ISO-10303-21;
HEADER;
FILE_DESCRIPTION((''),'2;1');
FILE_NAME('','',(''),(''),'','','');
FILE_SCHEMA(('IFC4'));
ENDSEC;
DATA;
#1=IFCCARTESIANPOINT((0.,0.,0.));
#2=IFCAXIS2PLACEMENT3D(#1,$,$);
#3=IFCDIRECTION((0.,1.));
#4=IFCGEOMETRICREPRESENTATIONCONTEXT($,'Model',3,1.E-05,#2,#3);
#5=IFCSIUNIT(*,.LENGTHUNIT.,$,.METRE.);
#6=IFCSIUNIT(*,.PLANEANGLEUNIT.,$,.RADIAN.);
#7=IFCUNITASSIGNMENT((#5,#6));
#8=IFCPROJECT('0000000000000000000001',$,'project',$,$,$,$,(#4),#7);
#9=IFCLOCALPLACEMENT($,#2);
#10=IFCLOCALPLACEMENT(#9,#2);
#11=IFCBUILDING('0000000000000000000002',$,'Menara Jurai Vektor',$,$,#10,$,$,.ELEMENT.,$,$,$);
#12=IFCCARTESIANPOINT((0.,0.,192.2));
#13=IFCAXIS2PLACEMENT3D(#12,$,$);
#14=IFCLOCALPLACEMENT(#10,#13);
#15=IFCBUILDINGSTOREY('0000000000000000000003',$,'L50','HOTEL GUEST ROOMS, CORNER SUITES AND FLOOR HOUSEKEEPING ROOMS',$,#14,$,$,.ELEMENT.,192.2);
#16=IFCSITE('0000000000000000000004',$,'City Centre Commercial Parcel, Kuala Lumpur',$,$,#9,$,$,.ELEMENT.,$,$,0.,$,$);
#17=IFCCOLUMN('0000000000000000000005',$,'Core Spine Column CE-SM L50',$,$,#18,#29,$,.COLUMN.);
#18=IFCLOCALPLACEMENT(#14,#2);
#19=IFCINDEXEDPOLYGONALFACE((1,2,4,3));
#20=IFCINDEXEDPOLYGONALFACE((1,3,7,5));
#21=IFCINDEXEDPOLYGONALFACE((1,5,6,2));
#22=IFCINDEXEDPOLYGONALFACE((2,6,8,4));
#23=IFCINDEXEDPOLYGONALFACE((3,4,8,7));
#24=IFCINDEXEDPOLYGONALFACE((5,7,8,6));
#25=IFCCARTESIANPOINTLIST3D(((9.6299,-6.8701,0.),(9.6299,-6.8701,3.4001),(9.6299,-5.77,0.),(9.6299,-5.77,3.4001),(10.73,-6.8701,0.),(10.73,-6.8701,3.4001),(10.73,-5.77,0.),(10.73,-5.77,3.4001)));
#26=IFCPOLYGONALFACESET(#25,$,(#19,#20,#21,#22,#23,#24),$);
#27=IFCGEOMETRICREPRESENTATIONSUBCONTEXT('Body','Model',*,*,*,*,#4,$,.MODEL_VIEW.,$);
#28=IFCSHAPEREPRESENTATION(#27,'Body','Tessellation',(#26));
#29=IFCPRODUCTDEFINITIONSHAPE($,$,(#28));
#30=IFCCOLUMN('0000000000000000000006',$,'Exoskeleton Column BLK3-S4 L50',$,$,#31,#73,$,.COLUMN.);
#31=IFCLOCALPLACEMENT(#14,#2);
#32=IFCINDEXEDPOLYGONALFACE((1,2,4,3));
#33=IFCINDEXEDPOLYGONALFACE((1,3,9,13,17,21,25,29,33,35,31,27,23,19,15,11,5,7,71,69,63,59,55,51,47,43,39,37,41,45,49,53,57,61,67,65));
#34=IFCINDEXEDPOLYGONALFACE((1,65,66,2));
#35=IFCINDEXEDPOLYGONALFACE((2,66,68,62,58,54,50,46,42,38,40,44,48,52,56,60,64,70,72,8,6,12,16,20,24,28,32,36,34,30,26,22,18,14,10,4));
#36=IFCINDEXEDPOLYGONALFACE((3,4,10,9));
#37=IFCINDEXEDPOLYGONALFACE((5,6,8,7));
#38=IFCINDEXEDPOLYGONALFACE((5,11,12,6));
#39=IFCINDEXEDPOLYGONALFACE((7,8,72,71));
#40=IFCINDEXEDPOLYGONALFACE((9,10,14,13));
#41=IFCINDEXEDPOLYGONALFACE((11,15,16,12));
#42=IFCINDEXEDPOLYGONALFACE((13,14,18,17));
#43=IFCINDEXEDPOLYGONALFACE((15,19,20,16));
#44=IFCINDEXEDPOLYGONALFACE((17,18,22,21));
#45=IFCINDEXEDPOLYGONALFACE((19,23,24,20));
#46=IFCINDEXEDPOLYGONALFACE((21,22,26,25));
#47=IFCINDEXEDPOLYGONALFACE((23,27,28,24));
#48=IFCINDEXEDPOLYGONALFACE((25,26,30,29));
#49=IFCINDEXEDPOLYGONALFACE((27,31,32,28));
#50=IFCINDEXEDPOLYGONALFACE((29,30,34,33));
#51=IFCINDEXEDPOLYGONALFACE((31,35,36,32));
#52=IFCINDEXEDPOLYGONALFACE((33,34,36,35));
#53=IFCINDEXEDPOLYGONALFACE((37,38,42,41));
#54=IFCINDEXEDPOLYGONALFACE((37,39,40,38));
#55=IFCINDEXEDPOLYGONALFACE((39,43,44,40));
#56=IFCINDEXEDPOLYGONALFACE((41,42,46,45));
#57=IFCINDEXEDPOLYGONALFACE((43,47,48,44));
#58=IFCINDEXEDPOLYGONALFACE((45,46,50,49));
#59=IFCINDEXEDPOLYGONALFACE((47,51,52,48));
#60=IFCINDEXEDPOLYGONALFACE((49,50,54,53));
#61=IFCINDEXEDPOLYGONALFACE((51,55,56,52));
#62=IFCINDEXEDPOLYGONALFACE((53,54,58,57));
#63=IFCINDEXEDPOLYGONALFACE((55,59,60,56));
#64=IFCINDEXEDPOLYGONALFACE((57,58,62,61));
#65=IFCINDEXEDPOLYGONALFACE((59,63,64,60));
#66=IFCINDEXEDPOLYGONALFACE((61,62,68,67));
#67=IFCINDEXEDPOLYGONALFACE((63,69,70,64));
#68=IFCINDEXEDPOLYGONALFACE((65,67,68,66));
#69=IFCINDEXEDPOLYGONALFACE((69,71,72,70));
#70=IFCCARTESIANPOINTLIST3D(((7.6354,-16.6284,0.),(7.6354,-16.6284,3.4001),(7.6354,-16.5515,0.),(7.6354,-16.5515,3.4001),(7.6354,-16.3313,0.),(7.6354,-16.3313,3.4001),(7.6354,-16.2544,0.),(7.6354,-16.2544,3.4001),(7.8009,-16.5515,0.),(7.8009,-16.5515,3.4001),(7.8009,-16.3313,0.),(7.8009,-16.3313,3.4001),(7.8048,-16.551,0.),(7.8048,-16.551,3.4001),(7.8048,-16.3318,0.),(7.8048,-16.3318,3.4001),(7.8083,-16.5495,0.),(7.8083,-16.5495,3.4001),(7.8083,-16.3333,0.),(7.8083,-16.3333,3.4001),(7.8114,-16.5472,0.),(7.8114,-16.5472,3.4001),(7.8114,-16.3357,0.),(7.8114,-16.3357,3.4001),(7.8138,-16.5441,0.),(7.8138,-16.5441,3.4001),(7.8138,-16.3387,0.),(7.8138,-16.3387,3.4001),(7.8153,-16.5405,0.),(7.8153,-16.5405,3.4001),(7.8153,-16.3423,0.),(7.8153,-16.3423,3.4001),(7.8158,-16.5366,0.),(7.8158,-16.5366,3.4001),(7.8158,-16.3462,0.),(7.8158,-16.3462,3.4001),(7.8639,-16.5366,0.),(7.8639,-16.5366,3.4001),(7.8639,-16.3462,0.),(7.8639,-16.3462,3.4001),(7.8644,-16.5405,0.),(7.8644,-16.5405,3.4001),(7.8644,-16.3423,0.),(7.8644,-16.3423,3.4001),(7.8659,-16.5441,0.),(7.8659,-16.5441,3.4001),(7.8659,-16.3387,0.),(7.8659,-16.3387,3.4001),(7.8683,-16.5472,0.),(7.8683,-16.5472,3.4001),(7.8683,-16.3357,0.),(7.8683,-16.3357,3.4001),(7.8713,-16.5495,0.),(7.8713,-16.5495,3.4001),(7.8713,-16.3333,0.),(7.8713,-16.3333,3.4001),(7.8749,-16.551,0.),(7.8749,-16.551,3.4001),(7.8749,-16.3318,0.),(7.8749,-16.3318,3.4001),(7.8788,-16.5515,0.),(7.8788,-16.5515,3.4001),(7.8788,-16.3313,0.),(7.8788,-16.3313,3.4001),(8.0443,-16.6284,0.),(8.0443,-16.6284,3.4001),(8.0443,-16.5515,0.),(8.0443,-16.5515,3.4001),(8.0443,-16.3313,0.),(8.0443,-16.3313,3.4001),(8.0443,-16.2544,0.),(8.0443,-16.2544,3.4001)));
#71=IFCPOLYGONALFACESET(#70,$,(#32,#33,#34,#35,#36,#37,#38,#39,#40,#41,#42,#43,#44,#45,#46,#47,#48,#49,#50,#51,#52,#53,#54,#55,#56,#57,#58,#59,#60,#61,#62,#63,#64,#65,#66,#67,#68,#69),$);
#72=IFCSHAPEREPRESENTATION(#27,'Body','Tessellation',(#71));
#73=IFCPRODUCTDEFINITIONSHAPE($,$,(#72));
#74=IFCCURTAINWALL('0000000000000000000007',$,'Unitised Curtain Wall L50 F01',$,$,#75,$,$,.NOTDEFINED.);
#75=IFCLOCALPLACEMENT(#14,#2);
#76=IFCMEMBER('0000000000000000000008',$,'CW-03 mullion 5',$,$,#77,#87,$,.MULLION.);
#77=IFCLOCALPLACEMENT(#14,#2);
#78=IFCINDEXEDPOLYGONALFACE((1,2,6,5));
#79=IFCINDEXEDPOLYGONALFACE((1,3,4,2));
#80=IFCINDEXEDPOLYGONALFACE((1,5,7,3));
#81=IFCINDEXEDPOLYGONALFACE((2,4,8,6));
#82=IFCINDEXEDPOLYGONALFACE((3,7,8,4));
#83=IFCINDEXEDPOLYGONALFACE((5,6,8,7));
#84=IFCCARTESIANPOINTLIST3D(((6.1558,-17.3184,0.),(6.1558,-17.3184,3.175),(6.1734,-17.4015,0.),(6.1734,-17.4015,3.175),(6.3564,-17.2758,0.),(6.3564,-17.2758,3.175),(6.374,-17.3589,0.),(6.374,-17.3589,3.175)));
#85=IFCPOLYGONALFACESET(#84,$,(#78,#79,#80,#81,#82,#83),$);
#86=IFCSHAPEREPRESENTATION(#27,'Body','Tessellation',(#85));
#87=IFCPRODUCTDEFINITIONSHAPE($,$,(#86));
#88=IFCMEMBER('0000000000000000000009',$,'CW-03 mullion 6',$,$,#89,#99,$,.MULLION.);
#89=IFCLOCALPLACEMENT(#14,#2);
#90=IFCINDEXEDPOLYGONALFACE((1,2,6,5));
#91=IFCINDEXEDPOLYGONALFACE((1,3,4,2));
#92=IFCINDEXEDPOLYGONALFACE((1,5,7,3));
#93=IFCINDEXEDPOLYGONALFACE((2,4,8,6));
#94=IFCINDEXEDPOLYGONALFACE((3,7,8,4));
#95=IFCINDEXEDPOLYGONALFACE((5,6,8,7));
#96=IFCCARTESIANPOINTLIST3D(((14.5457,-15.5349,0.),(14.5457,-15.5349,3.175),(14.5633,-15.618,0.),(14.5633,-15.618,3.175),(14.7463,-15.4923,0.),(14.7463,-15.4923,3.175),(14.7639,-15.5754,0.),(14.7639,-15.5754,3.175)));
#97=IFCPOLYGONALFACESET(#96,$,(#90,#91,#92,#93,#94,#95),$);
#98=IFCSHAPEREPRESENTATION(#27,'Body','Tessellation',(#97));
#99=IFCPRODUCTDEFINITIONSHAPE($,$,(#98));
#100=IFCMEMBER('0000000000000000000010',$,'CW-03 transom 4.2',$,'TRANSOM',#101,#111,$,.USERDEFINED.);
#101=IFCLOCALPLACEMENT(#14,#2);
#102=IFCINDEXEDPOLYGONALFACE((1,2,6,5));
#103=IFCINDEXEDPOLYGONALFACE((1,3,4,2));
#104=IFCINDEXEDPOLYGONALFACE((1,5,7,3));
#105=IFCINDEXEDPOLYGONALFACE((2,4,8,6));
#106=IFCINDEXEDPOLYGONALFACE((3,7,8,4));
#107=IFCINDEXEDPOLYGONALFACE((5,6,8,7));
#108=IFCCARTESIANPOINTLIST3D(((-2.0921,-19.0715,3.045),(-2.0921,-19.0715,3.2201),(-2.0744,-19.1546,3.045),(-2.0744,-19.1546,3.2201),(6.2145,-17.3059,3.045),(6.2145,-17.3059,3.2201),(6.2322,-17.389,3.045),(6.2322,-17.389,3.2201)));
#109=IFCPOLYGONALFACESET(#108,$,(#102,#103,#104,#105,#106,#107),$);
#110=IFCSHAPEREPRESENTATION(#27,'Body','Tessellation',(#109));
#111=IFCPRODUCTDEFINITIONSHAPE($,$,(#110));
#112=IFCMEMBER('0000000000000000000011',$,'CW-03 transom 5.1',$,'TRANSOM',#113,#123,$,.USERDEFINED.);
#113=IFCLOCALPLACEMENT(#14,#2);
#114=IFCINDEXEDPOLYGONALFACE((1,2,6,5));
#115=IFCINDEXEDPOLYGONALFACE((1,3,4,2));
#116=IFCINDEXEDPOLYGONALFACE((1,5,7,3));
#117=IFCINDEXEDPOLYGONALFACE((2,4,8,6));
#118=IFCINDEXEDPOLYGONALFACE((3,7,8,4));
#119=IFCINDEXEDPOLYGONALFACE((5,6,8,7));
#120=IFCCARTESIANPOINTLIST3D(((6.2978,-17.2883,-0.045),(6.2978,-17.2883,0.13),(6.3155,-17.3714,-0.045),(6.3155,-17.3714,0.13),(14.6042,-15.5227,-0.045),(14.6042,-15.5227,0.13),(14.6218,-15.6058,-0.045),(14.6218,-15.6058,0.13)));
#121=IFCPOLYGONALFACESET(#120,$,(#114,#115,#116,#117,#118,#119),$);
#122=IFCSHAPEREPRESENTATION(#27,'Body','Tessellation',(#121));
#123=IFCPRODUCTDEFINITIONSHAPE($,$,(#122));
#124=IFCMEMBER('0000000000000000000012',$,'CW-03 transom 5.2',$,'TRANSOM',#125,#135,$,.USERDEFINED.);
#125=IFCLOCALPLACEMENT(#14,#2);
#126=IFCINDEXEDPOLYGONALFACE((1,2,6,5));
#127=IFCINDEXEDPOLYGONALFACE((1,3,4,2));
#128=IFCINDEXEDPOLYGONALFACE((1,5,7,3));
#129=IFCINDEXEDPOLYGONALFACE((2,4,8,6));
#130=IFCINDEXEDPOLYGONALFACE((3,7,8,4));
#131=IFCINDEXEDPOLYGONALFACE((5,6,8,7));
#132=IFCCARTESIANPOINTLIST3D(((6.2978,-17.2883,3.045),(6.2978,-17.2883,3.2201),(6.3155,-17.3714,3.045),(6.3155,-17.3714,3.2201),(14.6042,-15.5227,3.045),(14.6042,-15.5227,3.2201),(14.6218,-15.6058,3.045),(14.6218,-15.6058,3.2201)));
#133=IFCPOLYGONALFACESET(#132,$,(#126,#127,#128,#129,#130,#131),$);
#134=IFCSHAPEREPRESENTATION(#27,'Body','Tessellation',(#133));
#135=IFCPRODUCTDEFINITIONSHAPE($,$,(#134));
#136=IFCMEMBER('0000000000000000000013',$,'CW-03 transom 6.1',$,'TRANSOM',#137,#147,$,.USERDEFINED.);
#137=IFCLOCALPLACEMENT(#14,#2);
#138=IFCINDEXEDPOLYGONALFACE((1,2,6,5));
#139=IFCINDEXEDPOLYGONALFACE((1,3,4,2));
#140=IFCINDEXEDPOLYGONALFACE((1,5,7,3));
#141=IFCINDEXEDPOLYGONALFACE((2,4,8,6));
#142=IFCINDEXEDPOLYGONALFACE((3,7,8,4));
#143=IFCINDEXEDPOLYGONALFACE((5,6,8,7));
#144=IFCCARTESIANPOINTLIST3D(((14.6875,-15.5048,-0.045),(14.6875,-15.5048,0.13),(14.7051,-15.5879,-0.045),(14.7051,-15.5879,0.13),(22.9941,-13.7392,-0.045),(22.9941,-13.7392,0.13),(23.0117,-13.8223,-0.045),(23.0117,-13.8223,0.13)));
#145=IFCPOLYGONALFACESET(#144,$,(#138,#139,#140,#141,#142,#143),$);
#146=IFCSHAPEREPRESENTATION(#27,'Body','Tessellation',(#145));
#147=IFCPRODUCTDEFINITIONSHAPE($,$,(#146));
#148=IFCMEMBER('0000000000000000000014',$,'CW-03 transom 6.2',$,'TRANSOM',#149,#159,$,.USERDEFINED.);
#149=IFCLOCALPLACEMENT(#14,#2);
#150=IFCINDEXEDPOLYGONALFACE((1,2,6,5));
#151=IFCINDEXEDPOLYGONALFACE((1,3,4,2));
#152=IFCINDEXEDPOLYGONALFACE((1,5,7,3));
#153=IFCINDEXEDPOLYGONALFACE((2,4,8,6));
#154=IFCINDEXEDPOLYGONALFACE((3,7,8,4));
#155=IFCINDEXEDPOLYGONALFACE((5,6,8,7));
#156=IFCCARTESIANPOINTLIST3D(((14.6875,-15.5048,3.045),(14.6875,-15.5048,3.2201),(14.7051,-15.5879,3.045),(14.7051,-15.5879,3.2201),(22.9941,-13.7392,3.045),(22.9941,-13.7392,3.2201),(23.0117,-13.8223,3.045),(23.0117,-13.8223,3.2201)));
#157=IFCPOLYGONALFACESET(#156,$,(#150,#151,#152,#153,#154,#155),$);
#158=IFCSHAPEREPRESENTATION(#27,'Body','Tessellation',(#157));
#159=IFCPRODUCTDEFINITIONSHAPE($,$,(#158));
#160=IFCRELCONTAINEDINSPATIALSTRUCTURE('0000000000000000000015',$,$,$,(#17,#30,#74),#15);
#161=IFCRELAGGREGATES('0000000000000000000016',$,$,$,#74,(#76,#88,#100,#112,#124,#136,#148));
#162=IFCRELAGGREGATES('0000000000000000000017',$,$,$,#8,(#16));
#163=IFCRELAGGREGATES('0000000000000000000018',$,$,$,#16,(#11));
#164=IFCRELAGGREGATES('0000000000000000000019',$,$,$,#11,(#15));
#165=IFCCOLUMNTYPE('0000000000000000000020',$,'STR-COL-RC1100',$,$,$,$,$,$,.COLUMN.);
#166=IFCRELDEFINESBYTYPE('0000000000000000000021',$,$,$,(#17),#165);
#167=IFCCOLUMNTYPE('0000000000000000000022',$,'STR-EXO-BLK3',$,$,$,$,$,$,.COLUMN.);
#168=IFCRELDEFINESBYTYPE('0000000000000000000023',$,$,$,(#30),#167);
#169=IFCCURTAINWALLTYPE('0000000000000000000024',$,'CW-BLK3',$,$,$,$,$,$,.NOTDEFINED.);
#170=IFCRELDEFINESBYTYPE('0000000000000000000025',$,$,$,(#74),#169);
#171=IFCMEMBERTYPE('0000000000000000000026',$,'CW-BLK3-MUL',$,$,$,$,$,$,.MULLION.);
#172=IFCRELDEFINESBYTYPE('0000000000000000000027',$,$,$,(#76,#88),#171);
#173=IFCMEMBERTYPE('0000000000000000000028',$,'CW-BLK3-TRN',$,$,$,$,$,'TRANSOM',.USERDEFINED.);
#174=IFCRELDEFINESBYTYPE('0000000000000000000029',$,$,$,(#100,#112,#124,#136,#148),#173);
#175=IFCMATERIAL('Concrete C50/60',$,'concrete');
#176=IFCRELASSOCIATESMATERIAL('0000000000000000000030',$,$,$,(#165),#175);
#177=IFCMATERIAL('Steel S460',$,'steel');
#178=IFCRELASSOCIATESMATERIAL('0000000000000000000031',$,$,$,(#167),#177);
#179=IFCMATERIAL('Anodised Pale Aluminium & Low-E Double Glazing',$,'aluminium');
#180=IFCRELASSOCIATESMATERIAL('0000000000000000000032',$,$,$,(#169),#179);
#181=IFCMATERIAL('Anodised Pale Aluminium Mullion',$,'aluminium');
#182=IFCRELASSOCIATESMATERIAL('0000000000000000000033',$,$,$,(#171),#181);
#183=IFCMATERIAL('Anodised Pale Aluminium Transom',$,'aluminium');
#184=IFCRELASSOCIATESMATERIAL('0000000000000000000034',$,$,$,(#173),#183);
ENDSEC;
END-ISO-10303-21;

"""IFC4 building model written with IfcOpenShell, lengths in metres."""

from ifc_helpers import new_model, si_unit, direction, frame, origin, origin_2d, place, context, subcontext, project, spatial, rectangle, i_section, extrude, material, material_profile, profile_set, type_object, element, aggregate, save


model = new_model("IFC4")

# Units and contexts
model_context = context("Model", 3, precision=1e-05, world=origin(), true_north=direction((0.0, 1.0)))
body_context = subcontext(model_context, "Body", "Model", "MODEL_VIEW")
ifc_project = project(units=[si_unit("LENGTHUNIT", "METRE"), si_unit("PLANEANGLEUNIT", "RADIAN")], contexts=[model_context])

# Site, building, storey
site_placement = place(None, origin())
site = spatial("IfcSite", under=ifc_project, at=site_placement, Name="City Centre Commercial Parcel, Kuala Lumpur", CompositionType="ELEMENT", RefElevation=0.0)
building_placement = place(site_placement, origin())
building = spatial("IfcBuilding", under=site, at=building_placement, Name="Menara Jurai Vektor", CompositionType="ELEMENT")
storey_placement = place(building_placement, frame((0.0, 0.0, 192.2)))
storey = spatial("IfcBuildingStorey", under=building, at=storey_placement, Name="L50", Description="HOTEL GUEST ROOMS, CORNER SUITES AND FLOOR HOUSEKEEPING ROOMS", CompositionType="ELEMENT", Elevation=192.2)

# Columns
ifc_material_1 = material(Name="Concrete C50/60", Category="concrete")
ifc_material_profile_1 = material_profile(ifc_material_1, rectangle(XDim=1.1001, YDim=1.1001, at=origin_2d()), Name="RC 1100x1100")
ifc_profile_set_1 = profile_set([ifc_material_profile_1], Name="Concrete C50/60")
column_type_1 = type_object("IfcColumnType", Name="STR-COL-RC1100", PredefinedType="COLUMN", material=ifc_profile_set_1)
column_1_placement = place(storey_placement, frame((10.1799, -6.3201, 0.0), z_axis=(0.0, 0.0, 1.0), x_axis=(1.0, 0.0, 0.0)))
element("IfcColumn", 1, at=column_1_placement, inside=storey, type_object=column_type_1, Name="Core Spine Column CE-SM L50", PredefinedType="COLUMN", context=body_context, shape_type="SweptSolid", body=[
    extrude(rectangle(XDim=1.1001, YDim=1.1001, at=origin_2d()), origin(), (0.0, 0.0, 1.0), 3.4001),
])
ifc_material_2 = material(Name="Steel S460", Category="steel")
ifc_material_profile_2 = material_profile(ifc_material_2, i_section(OverallWidth=0.4089, OverallDepth=0.374, WebThickness=0.0481, FlangeThickness=0.0769, FilletRadius=0.0149, at=origin_2d()), Name="HD 400x634")
ifc_profile_set_2 = profile_set([ifc_material_profile_2], Name="Steel S460")
column_type_2 = type_object("IfcColumnType", Name="STR-EXO-BLK3", PredefinedType="COLUMN", material=ifc_profile_set_2)
column_2_placement = place(storey_placement, frame((7.8398, -16.4414, 0.0), z_axis=(0.0, 0.0, 1.0), x_axis=(1.0, 0.0, 0.0)))
element("IfcColumn", 2, at=column_2_placement, inside=storey, type_object=column_type_2, Name="Exoskeleton Column BLK3-S4 L50", PredefinedType="COLUMN", context=body_context, shape_type="SweptSolid", body=[
    extrude(i_section(OverallWidth=0.4089, OverallDepth=0.374, WebThickness=0.0481, FlangeThickness=0.0769, FilletRadius=0.0149, at=origin_2d()), origin(), (0.0, 0.0, 1.0), 3.4001),
])

# Curtain wall, members
ifc_material_3 = material(Name="Anodised Pale Aluminium & Low-E Double Glazing", Category="aluminium")
curtain_wall_type = type_object("IfcCurtainWallType", Name="CW-BLK3", PredefinedType="NOTDEFINED", material=ifc_material_3)
curtain_wall_placement = place(storey_placement, origin())
curtain_wall = element("IfcCurtainWall", 3, at=curtain_wall_placement, inside=storey, type_object=curtain_wall_type, Name="Unitised Curtain Wall L50 F01", PredefinedType="NOTDEFINED")
ifc_material_4 = material(Name="Anodised Pale Aluminium Mullion", Category="aluminium")
ifc_material_profile_3 = material_profile(ifc_material_4, rectangle(XDim=0.085, YDim=0.2051, at=origin_2d()), Name="ALU MUL 85x205")
ifc_profile_set_3 = profile_set([ifc_material_profile_3], Name="Anodised Pale Aluminium Mullion")
member_type_1 = type_object("IfcMemberType", Name="CW-BLK3-MUL", PredefinedType="MULLION", material=ifc_profile_set_3)
member_1_placement = place(storey_placement, frame((6.2649, -17.3386, 0.0), z_axis=(0.0, 0.0, 1.0), x_axis=(-0.207911, 0.978148, 0.0)))
member_1 = element("IfcMember", 4, at=member_1_placement, type_object=member_type_1, Name="CW-03 mullion 5", PredefinedType="MULLION", context=body_context, shape_type="SweptSolid", body=[
    extrude(rectangle(XDim=0.085, YDim=0.2051, at=origin_2d()), origin(), (0.0, 0.0, 1.0), 3.175),
])
member_2_placement = place(storey_placement, frame((14.6548, -15.5552, 0.0), z_axis=(0.0, 0.0, 1.0), x_axis=(-0.207911, 0.978148, 0.0)))
member_2 = element("IfcMember", 5, at=member_2_placement, type_object=member_type_1, Name="CW-03 mullion 6", PredefinedType="MULLION", context=body_context, shape_type="SweptSolid", body=[
    extrude(rectangle(XDim=0.085, YDim=0.2051, at=origin_2d()), origin(), (0.0, 0.0, 1.0), 3.175),
])
ifc_material_5 = material(Name="Anodised Pale Aluminium Transom", Category="aluminium")
ifc_material_profile_4 = material_profile(ifc_material_5, rectangle(XDim=0.085, YDim=0.175, at=origin_2d()), Name="ALU TRN 85x175")
ifc_profile_set_4 = profile_set([ifc_material_profile_4], Name="Anodised Pale Aluminium Transom")
member_type_2 = type_object("IfcMemberType", Name="CW-BLK3-TRN", ElementType="TRANSOM", PredefinedType="USERDEFINED", material=ifc_profile_set_4)
member_3_placement = place(storey_placement, frame((-2.0833, -19.113, 3.1326), z_axis=(0.978148, 0.207911, 0.0), x_axis=(-0.207911, 0.978148, 0.0)))
member_3 = element("IfcMember", 6, at=member_3_placement, type_object=member_type_2, Name="CW-03 transom 4.2", ObjectType="TRANSOM", PredefinedType="USERDEFINED", context=body_context, shape_type="SweptSolid", body=[
    extrude(rectangle(XDim=0.085, YDim=0.175, at=origin_2d()), origin(), (0.0, 0.0, 1.0), 8.4922),
])
member_4_placement = place(storey_placement, frame((6.3066, -17.3298, 0.0425), z_axis=(0.978147, 0.207917, 0.0), x_axis=(-0.207917, 0.978147, 0.0)))
member_4 = element("IfcMember", 7, at=member_4_placement, type_object=member_type_2, Name="CW-03 transom 5.1", ObjectType="TRANSOM", PredefinedType="USERDEFINED", context=body_context, shape_type="SweptSolid", body=[
    extrude(rectangle(XDim=0.085, YDim=0.175, at=origin_2d()), origin(), (0.0, 0.0, 1.0), 8.4919),
])
member_5_placement = place(storey_placement, frame((6.3066, -17.3298, 3.1326), z_axis=(0.978147, 0.207917, 0.0), x_axis=(-0.207917, 0.978147, 0.0)))
member_5 = element("IfcMember", 8, at=member_5_placement, type_object=member_type_2, Name="CW-03 transom 5.2", ObjectType="TRANSOM", PredefinedType="USERDEFINED", context=body_context, shape_type="SweptSolid", body=[
    extrude(rectangle(XDim=0.085, YDim=0.175, at=origin_2d()), origin(), (0.0, 0.0, 1.0), 8.4919),
])
member_6_placement = place(storey_placement, frame((14.6963, -15.5464, 0.0425), z_axis=(0.978148, 0.207911, 0.0), x_axis=(-0.207911, 0.978148, 0.0)))
member_6 = element("IfcMember", 9, at=member_6_placement, type_object=member_type_2, Name="CW-03 transom 6.1", ObjectType="TRANSOM", PredefinedType="USERDEFINED", context=body_context, shape_type="SweptSolid", body=[
    extrude(rectangle(XDim=0.085, YDim=0.175, at=origin_2d()), origin(), (0.0, 0.0, 1.0), 8.4922),
])
member_7_placement = place(storey_placement, frame((14.6963, -15.5464, 3.1326), z_axis=(0.978148, 0.207911, 0.0), x_axis=(-0.207911, 0.978148, 0.0)))
member_7 = element("IfcMember", 10, at=member_7_placement, type_object=member_type_2, Name="CW-03 transom 6.2", ObjectType="TRANSOM", PredefinedType="USERDEFINED", context=body_context, shape_type="SweptSolid", body=[
    extrude(rectangle(XDim=0.085, YDim=0.175, at=origin_2d()), origin(), (0.0, 0.0, 1.0), 8.4922),
])

aggregate(curtain_wall, [member_1, member_2, member_3, member_4, member_5, member_6, member_7])

save(model, "model.ifc")
